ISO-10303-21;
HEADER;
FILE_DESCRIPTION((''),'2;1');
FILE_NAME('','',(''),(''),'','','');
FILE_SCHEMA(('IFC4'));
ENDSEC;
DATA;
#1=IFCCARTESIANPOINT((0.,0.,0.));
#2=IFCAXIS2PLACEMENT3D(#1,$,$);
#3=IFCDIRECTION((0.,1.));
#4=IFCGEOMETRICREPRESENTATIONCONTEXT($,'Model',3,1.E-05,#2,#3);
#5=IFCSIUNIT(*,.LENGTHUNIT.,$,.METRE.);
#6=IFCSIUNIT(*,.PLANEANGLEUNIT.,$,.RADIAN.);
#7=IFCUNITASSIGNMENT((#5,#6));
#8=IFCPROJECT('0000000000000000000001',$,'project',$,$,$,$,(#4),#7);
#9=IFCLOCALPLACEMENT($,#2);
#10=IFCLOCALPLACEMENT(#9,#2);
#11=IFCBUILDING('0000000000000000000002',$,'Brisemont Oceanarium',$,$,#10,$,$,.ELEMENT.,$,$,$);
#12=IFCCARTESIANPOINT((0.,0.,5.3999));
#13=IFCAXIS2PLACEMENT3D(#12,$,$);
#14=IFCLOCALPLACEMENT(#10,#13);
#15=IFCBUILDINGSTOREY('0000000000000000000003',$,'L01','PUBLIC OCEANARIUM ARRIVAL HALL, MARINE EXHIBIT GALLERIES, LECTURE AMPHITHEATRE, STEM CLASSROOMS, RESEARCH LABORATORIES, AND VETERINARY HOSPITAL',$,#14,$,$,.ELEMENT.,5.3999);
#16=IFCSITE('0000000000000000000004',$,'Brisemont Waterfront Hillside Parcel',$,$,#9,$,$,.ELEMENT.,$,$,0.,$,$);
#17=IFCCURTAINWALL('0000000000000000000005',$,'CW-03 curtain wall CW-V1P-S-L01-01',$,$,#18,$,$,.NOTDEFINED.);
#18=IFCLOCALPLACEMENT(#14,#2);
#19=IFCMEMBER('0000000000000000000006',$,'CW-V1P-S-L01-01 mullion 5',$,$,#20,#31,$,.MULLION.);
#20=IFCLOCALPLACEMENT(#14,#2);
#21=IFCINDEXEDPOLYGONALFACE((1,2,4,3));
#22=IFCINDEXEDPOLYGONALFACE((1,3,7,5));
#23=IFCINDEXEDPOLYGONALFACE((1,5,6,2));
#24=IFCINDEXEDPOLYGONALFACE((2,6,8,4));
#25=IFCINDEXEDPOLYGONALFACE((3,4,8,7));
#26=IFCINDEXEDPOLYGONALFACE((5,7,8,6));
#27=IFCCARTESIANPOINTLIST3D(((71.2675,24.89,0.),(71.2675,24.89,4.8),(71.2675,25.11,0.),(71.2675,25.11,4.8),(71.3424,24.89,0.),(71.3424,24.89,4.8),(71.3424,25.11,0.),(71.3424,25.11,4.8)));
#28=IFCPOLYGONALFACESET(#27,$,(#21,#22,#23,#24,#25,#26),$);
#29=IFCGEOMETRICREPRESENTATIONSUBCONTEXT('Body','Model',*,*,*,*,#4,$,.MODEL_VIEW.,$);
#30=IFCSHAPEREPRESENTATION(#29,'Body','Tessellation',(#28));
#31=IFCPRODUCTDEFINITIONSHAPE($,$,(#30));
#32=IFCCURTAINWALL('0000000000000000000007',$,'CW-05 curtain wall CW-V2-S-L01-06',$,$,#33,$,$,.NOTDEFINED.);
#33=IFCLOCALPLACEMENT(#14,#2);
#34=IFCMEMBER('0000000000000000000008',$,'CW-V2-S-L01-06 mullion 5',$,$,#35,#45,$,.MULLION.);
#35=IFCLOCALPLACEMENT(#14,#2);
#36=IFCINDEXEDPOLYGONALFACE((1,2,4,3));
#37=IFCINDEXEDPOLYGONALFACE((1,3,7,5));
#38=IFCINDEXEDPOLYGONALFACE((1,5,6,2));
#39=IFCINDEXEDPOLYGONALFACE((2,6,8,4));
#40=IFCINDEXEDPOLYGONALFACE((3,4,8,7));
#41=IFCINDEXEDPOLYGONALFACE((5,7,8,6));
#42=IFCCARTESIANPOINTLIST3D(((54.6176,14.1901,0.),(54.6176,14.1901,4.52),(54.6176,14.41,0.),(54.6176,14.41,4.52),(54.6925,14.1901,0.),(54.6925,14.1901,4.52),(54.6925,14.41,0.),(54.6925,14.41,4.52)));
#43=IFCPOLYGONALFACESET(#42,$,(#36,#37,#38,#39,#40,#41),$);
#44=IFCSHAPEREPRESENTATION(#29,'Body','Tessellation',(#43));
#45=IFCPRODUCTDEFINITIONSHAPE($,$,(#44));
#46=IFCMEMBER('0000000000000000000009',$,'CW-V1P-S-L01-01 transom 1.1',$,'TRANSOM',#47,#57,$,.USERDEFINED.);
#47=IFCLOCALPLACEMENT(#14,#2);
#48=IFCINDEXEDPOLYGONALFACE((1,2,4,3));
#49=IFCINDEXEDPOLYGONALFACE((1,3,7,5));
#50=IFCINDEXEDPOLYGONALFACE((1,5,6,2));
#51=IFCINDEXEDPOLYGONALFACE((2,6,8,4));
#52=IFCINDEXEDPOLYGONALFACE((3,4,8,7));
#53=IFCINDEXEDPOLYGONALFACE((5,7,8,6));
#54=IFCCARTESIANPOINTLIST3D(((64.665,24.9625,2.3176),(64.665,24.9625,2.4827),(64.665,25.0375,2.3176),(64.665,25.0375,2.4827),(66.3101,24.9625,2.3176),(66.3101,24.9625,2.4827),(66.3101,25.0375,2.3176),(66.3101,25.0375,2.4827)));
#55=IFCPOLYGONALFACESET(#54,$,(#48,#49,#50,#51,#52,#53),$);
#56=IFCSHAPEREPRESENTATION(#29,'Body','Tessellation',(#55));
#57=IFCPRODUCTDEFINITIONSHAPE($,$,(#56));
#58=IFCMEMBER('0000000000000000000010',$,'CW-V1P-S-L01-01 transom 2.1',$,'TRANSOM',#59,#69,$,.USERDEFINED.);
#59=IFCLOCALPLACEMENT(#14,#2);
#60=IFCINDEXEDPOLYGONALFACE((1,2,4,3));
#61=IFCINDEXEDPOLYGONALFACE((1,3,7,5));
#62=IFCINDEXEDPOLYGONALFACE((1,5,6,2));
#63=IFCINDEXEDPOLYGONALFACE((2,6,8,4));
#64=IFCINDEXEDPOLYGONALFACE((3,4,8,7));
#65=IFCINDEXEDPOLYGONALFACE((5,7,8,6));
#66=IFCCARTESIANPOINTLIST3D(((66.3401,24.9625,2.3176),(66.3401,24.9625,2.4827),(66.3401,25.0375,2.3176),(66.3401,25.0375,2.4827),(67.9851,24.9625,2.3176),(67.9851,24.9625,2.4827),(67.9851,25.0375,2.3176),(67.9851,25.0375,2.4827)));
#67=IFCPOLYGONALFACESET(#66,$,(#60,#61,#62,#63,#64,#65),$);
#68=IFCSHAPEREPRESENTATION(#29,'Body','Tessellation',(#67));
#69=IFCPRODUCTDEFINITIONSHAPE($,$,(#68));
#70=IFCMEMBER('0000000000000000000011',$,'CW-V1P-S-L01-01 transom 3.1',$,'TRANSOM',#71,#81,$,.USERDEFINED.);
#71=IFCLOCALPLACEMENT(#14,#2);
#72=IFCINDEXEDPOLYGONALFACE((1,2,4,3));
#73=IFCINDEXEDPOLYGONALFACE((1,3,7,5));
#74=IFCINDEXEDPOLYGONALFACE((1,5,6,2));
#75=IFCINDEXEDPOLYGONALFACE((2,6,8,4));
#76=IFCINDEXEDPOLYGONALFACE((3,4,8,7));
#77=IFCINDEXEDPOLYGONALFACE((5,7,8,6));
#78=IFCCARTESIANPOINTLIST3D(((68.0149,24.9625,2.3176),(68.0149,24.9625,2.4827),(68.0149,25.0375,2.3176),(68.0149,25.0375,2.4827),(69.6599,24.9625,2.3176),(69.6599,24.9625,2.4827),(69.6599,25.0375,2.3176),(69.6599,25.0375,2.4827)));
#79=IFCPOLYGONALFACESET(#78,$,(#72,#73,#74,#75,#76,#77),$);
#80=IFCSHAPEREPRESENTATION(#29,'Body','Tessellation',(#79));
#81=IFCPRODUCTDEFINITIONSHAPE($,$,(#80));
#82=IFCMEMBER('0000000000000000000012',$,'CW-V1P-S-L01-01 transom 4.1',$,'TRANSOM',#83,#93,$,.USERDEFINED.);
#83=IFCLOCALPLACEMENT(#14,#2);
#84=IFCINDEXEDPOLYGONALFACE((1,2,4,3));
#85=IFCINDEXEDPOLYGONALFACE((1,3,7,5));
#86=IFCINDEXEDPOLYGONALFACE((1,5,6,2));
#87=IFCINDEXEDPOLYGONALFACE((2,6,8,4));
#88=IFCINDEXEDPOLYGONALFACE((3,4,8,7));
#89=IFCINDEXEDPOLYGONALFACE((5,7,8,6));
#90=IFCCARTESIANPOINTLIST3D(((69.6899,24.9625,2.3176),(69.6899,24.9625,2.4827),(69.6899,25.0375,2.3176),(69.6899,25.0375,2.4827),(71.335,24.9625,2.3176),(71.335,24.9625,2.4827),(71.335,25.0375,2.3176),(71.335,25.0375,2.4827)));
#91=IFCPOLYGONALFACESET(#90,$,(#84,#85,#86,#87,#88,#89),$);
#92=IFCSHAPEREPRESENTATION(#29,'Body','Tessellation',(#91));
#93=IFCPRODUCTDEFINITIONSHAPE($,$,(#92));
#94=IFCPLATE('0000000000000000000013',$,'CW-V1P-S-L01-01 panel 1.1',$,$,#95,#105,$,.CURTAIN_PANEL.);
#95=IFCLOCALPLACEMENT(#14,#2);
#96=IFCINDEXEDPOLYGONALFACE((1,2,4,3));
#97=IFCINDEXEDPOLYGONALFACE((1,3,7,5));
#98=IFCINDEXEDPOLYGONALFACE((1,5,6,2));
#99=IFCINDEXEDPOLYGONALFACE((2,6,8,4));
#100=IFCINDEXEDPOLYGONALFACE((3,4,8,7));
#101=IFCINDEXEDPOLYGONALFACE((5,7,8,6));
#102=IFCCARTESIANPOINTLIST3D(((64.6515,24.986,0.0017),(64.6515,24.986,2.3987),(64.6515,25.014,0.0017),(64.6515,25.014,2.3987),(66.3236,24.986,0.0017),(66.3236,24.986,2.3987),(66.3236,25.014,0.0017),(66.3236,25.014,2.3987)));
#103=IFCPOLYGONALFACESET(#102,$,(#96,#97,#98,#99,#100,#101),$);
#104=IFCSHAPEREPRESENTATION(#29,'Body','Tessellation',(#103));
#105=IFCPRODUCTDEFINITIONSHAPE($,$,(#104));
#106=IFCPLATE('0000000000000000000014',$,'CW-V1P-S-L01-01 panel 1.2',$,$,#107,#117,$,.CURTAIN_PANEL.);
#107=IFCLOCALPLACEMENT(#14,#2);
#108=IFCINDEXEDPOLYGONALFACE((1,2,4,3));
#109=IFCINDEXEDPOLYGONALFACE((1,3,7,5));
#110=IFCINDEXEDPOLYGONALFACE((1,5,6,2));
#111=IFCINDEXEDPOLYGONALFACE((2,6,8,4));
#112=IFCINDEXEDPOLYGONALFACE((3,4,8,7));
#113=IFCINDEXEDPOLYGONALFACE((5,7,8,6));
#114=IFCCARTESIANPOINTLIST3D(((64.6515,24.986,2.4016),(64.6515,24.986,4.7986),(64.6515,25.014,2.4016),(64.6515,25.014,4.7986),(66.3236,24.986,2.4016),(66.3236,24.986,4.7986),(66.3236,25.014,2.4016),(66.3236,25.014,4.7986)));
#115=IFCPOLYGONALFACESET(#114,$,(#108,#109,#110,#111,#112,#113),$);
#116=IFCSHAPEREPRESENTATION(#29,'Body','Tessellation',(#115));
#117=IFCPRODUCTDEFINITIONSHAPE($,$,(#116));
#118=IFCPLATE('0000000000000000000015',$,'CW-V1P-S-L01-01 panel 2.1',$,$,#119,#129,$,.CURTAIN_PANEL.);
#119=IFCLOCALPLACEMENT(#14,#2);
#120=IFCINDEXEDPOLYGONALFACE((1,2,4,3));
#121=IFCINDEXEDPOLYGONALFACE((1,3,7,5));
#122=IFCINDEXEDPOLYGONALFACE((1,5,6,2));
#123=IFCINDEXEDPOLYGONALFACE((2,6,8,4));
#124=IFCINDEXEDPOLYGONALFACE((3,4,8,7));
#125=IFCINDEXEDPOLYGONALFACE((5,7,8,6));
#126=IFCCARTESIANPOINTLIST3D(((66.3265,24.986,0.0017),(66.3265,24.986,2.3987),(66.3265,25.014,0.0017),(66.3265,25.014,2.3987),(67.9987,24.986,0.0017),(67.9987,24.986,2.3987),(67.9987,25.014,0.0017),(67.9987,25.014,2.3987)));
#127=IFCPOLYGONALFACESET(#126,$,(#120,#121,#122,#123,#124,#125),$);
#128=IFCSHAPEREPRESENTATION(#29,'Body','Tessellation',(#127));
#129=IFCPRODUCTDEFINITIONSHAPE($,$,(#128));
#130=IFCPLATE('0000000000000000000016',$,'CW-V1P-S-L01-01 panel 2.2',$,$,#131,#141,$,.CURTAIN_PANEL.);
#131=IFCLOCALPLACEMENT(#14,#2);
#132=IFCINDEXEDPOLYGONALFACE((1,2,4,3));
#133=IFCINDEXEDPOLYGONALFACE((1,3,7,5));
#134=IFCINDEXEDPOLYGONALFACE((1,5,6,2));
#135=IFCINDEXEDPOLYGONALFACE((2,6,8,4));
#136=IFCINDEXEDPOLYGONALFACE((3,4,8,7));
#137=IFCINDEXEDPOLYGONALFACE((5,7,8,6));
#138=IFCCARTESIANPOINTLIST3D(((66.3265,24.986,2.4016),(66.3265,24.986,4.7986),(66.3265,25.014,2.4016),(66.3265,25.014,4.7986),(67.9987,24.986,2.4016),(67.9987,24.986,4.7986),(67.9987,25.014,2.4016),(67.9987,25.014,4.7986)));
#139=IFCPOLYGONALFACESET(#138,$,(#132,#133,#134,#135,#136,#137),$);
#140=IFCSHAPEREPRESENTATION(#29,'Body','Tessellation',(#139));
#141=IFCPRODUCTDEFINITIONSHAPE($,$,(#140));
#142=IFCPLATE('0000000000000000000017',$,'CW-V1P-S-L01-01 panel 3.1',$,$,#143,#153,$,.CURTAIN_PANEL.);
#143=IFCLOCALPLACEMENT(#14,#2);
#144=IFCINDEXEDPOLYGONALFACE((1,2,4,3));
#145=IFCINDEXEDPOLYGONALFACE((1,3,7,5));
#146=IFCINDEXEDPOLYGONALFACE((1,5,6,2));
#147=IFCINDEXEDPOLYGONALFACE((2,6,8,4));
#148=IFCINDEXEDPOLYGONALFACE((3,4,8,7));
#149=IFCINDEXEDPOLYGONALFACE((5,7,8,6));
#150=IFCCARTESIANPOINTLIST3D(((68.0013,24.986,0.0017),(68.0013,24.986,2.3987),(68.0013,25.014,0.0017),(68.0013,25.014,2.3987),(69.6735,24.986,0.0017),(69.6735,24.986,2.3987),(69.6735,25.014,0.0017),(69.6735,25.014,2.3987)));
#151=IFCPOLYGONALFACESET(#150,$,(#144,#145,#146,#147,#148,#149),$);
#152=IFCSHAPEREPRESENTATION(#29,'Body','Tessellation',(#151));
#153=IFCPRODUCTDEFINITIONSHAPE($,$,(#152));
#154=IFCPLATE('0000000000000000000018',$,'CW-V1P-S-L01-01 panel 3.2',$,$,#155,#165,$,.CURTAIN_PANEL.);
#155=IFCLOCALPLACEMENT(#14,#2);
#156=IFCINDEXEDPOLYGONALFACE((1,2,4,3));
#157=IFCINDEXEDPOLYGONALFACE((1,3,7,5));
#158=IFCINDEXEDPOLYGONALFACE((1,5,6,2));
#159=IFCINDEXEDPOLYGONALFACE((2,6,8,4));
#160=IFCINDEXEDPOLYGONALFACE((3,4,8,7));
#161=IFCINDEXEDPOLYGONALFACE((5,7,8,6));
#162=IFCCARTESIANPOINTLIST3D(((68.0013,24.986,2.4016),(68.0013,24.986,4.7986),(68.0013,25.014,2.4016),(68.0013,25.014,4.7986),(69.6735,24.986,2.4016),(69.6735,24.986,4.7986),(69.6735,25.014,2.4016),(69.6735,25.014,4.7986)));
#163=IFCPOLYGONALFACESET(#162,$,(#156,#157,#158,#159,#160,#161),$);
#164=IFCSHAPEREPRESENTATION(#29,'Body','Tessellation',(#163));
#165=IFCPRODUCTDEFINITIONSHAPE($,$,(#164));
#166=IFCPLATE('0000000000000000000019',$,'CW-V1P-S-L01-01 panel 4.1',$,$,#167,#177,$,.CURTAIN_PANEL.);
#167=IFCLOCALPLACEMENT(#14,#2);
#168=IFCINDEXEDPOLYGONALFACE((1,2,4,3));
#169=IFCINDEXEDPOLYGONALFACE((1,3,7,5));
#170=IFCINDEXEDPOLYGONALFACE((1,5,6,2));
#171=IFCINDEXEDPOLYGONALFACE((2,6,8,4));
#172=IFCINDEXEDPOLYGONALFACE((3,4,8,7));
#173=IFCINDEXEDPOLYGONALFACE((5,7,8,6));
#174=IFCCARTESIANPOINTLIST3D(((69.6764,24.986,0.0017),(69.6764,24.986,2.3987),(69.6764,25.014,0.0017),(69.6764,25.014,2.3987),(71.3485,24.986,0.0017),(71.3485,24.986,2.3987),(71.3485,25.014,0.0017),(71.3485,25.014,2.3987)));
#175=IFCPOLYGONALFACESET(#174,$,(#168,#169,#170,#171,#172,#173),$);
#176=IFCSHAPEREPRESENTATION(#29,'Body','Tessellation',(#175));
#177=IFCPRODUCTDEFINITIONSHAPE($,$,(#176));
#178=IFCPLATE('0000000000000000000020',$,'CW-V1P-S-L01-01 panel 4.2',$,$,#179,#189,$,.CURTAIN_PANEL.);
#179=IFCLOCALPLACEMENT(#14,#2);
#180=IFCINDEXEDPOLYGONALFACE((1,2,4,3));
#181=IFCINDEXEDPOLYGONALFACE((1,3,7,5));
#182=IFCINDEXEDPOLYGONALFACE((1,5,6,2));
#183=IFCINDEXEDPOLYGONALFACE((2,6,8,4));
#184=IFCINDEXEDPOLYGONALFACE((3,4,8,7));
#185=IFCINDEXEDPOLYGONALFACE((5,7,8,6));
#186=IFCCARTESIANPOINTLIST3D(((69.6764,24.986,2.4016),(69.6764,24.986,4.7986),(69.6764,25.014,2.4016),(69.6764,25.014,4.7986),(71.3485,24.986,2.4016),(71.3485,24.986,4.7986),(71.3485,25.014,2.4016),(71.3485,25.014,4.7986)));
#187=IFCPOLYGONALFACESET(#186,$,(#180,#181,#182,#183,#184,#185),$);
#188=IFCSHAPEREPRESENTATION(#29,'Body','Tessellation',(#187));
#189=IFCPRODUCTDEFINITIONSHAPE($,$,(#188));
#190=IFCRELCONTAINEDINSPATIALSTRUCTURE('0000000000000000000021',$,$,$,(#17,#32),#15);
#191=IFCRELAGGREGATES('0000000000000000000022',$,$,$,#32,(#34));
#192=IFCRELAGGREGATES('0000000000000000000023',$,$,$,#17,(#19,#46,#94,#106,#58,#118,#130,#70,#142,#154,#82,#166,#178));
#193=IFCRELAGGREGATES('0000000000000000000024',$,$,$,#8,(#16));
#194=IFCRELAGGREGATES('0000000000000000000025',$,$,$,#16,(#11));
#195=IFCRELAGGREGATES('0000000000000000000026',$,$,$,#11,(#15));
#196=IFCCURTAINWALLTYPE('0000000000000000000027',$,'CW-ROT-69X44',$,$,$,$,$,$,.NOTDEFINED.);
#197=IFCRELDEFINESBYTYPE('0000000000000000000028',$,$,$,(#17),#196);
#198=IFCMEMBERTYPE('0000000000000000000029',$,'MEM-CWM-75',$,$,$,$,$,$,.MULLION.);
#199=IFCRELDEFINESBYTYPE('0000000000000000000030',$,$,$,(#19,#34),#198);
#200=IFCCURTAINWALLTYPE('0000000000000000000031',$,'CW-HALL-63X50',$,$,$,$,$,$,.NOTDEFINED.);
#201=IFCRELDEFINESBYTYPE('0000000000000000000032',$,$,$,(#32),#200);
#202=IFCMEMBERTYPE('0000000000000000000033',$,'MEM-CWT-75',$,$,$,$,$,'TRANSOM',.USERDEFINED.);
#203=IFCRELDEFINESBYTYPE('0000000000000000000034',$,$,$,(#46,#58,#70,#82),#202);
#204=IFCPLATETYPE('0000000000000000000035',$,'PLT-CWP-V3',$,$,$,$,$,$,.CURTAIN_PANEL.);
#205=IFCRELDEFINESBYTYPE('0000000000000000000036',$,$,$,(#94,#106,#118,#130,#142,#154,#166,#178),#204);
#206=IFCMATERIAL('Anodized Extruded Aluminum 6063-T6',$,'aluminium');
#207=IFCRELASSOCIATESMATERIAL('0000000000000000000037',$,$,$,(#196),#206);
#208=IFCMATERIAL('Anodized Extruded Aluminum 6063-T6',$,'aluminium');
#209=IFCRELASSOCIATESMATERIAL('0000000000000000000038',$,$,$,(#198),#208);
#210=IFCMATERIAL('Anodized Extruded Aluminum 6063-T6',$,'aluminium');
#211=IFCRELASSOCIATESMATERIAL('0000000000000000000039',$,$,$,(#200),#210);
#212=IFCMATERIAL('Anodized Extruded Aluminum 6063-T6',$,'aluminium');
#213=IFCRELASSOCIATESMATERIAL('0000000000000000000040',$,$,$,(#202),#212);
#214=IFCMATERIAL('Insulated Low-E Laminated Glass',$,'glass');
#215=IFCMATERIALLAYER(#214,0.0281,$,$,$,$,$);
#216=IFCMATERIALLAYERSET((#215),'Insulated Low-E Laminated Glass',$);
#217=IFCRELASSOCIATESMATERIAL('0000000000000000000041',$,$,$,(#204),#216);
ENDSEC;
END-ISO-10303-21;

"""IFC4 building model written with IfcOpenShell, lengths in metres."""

from ifc_helpers import new_model, si_unit, direction, frame, origin, origin_2d, place, context, subcontext, project, spatial, rectangle, extrude, material, layer, layer_set, material_profile, profile_set, type_object, element, aggregate, save


model = new_model("IFC4")

# Units and contexts
model_context = context("Model", 3, precision=1e-05, world=origin(), true_north=direction((0.0, 1.0)))
body_context = subcontext(model_context, "Body", "Model", "MODEL_VIEW")
ifc_project = project(units=[si_unit("LENGTHUNIT", "METRE"), si_unit("PLANEANGLEUNIT", "RADIAN")], contexts=[model_context])

# Site, building, storey
site_placement = place(None, origin())
site = spatial("IfcSite", under=ifc_project, at=site_placement, Name="Brisemont Waterfront Hillside Parcel", CompositionType="ELEMENT", RefElevation=0.0)
building_placement = place(site_placement, origin())
building = spatial("IfcBuilding", under=site, at=building_placement, Name="Brisemont Oceanarium", CompositionType="ELEMENT")
storey_placement = place(building_placement, frame((0.0, 0.0, 5.3999)))
storey = spatial("IfcBuildingStorey", under=building, at=storey_placement, Name="L01", Description="PUBLIC OCEANARIUM ARRIVAL HALL, MARINE EXHIBIT GALLERIES, LECTURE AMPHITHEATRE, STEM CLASSROOMS, RESEARCH LABORATORIES, AND VETERINARY HOSPITAL", CompositionType="ELEMENT", Elevation=5.3999)

# Curtain wall, member
ifc_material_1 = material(Name="Anodized Extruded Aluminum 6063-T6", Category="aluminium")
curtain_wall_type_1 = type_object("IfcCurtainWallType", Name="CW-ROT-69X44", PredefinedType="NOTDEFINED", material=ifc_material_1)
curtain_wall_1_placement = place(storey_placement, origin())
curtain_wall_1 = element("IfcCurtainWall", 1, at=curtain_wall_1_placement, inside=storey, type_object=curtain_wall_type_1, Name="CW-03 curtain wall CW-V1P-S-L01-01", PredefinedType="NOTDEFINED")
ifc_material_2 = material(Name="Anodized Extruded Aluminum 6063-T6", Category="aluminium")
ifc_material_profile_1 = material_profile(ifc_material_2, rectangle(XDim=0.075, YDim=0.22, at=origin_2d()), Name="CWM-75X220")
ifc_profile_set_1 = profile_set([ifc_material_profile_1], Name="Anodized Extruded Aluminum 6063-T6")
member_type_1 = type_object("IfcMemberType", Name="MEM-CWM-75", PredefinedType="MULLION", material=ifc_profile_set_1)
member_1_placement = place(storey_placement, frame((71.3049, 25.0, 0.0), z_axis=(0.0, 0.0, 1.0), x_axis=(1.0, 0.0, 0.0)))
member_1 = element("IfcMember", 2, at=member_1_placement, type_object=member_type_1, Name="CW-V1P-S-L01-01 mullion 5", PredefinedType="MULLION", context=body_context, shape_type="SweptSolid", body=[
    extrude(rectangle(XDim=0.075, YDim=0.22, at=origin_2d()), origin(), (0.0, 0.0, 1.0), 4.8),
])

# Curtain wall, member
ifc_material_3 = material(Name="Anodized Extruded Aluminum 6063-T6", Category="aluminium")
curtain_wall_type_2 = type_object("IfcCurtainWallType", Name="CW-HALL-63X50", PredefinedType="NOTDEFINED", material=ifc_material_3)
curtain_wall_2_placement = place(storey_placement, origin())
curtain_wall_2 = element("IfcCurtainWall", 3, at=curtain_wall_2_placement, inside=storey, type_object=curtain_wall_type_2, Name="CW-05 curtain wall CW-V2-S-L01-06", PredefinedType="NOTDEFINED")
member_2_placement = place(storey_placement, frame((54.655, 14.3, 0.0), z_axis=(0.0, 0.0, 1.0), x_axis=(1.0, 0.0, 0.0)))
member_2 = element("IfcMember", 4, at=member_2_placement, type_object=member_type_1, Name="CW-V2-S-L01-06 mullion 5", PredefinedType="MULLION", context=body_context, shape_type="SweptSolid", body=[
    extrude(rectangle(XDim=0.075, YDim=0.22, at=origin_2d()), origin(), (0.0, 0.0, 1.0), 4.52),
])
aggregate(curtain_wall_2, [member_2])

# Members
ifc_material_4 = material(Name="Anodized Extruded Aluminum 6063-T6", Category="aluminium")
ifc_material_profile_2 = material_profile(ifc_material_4, rectangle(XDim=0.075, YDim=0.165, at=origin_2d()), Name="CWT-75X165")
ifc_profile_set_2 = profile_set([ifc_material_profile_2], Name="Anodized Extruded Aluminum 6063-T6")
member_type_2 = type_object("IfcMemberType", Name="MEM-CWT-75", ElementType="TRANSOM", PredefinedType="USERDEFINED", material=ifc_profile_set_2)
member_3_placement = place(storey_placement, frame((64.665, 25.0, 2.4001), z_axis=(1.0, 0.0, 0.0), x_axis=(0.0, 1.0, 0.0)))
member_3 = element("IfcMember", 5, at=member_3_placement, type_object=member_type_2, Name="CW-V1P-S-L01-01 transom 1.1", ObjectType="TRANSOM", PredefinedType="USERDEFINED", context=body_context, shape_type="SweptSolid", body=[
    extrude(rectangle(XDim=0.075, YDim=0.165, at=origin_2d()), origin(), (0.0, 0.0, 1.0), 1.645),
])
member_4_placement = place(storey_placement, frame((66.3401, 25.0, 2.4001), z_axis=(1.0, 0.0, 0.0), x_axis=(0.0, 1.0, 0.0)))
member_4 = element("IfcMember", 6, at=member_4_placement, type_object=member_type_2, Name="CW-V1P-S-L01-01 transom 2.1", ObjectType="TRANSOM", PredefinedType="USERDEFINED", context=body_context, shape_type="SweptSolid", body=[
    extrude(rectangle(XDim=0.075, YDim=0.165, at=origin_2d()), origin(), (0.0, 0.0, 1.0), 1.645),
])
member_5_placement = place(storey_placement, frame((68.0149, 25.0, 2.4001), z_axis=(1.0, 0.0, 0.0), x_axis=(0.0, 1.0, 0.0)))
member_5 = element("IfcMember", 7, at=member_5_placement, type_object=member_type_2, Name="CW-V1P-S-L01-01 transom 3.1", ObjectType="TRANSOM", PredefinedType="USERDEFINED", context=body_context, shape_type="SweptSolid", body=[
    extrude(rectangle(XDim=0.075, YDim=0.165, at=origin_2d()), origin(), (0.0, 0.0, 1.0), 1.645),
])
member_6_placement = place(storey_placement, frame((69.6899, 25.0, 2.4001), z_axis=(1.0, 0.0, 0.0), x_axis=(0.0, 1.0, 0.0)))
member_6 = element("IfcMember", 8, at=member_6_placement, type_object=member_type_2, Name="CW-V1P-S-L01-01 transom 4.1", ObjectType="TRANSOM", PredefinedType="USERDEFINED", context=body_context, shape_type="SweptSolid", body=[
    extrude(rectangle(XDim=0.075, YDim=0.165, at=origin_2d()), origin(), (0.0, 0.0, 1.0), 1.645),
])

# Plates
ifc_material_5 = material(Name="Insulated Low-E Laminated Glass", Category="glass")
ifc_layer_1 = layer(ifc_material_5, 0.0281)
ifc_layer_set_1 = layer_set([ifc_layer_1], Name="Insulated Low-E Laminated Glass")
plate_type = type_object("IfcPlateType", Name="PLT-CWP-V3", PredefinedType="CURTAIN_PANEL", material=ifc_layer_set_1)
plate_1_placement = place(storey_placement, frame((65.4875, 25.0, 0.0017), z_axis=(0.0, 0.0, 1.0), x_axis=(1.0, 0.0, 0.0)))
plate_1 = element("IfcPlate", 9, at=plate_1_placement, type_object=plate_type, Name="CW-V1P-S-L01-01 panel 1.1", PredefinedType="CURTAIN_PANEL", context=body_context, shape_type="SweptSolid", body=[
    extrude(rectangle(XDim=1.6721, YDim=0.0281, at=origin_2d()), origin(), (0.0, 0.0, 1.0), 2.397),
])
plate_2_placement = place(storey_placement, frame((65.4875, 25.0, 2.4016), z_axis=(0.0, 0.0, 1.0), x_axis=(1.0, 0.0, 0.0)))
plate_2 = element("IfcPlate", 10, at=plate_2_placement, type_object=plate_type, Name="CW-V1P-S-L01-01 panel 1.2", PredefinedType="CURTAIN_PANEL", context=body_context, shape_type="SweptSolid", body=[
    extrude(rectangle(XDim=1.6721, YDim=0.0281, at=origin_2d()), origin(), (0.0, 0.0, 1.0), 2.397),
])
plate_3_placement = place(storey_placement, frame((67.1626, 25.0, 0.0017), z_axis=(0.0, 0.0, 1.0), x_axis=(1.0, 0.0, 0.0)))
plate_3 = element("IfcPlate", 11, at=plate_3_placement, type_object=plate_type, Name="CW-V1P-S-L01-01 panel 2.1", PredefinedType="CURTAIN_PANEL", context=body_context, shape_type="SweptSolid", body=[
    extrude(rectangle(XDim=1.6721, YDim=0.0281, at=origin_2d()), origin(), (0.0, 0.0, 1.0), 2.397),
])
plate_4_placement = place(storey_placement, frame((67.1626, 25.0, 2.4016), z_axis=(0.0, 0.0, 1.0), x_axis=(1.0, 0.0, 0.0)))
plate_4 = element("IfcPlate", 12, at=plate_4_placement, type_object=plate_type, Name="CW-V1P-S-L01-01 panel 2.2", PredefinedType="CURTAIN_PANEL", context=body_context, shape_type="SweptSolid", body=[
    extrude(rectangle(XDim=1.6721, YDim=0.0281, at=origin_2d()), origin(), (0.0, 0.0, 1.0), 2.397),
])
plate_5_placement = place(storey_placement, frame((68.8374, 25.0, 0.0017), z_axis=(0.0, 0.0, 1.0), x_axis=(1.0, 0.0, 0.0)))
plate_5 = element("IfcPlate", 13, at=plate_5_placement, type_object=plate_type, Name="CW-V1P-S-L01-01 panel 3.1", PredefinedType="CURTAIN_PANEL", context=body_context, shape_type="SweptSolid", body=[
    extrude(rectangle(XDim=1.6721, YDim=0.0281, at=origin_2d()), origin(), (0.0, 0.0, 1.0), 2.397),
])
plate_6_placement = place(storey_placement, frame((68.8374, 25.0, 2.4016), z_axis=(0.0, 0.0, 1.0), x_axis=(1.0, 0.0, 0.0)))
plate_6 = element("IfcPlate", 14, at=plate_6_placement, type_object=plate_type, Name="CW-V1P-S-L01-01 panel 3.2", PredefinedType="CURTAIN_PANEL", context=body_context, shape_type="SweptSolid", body=[
    extrude(rectangle(XDim=1.6721, YDim=0.0281, at=origin_2d()), origin(), (0.0, 0.0, 1.0), 2.397),
])
plate_7_placement = place(storey_placement, frame((70.5125, 25.0, 0.0017), z_axis=(0.0, 0.0, 1.0), x_axis=(1.0, 0.0, 0.0)))
plate_7 = element("IfcPlate", 15, at=plate_7_placement, type_object=plate_type, Name="CW-V1P-S-L01-01 panel 4.1", PredefinedType="CURTAIN_PANEL", context=body_context, shape_type="SweptSolid", body=[
    extrude(rectangle(XDim=1.6721, YDim=0.0281, at=origin_2d()), origin(), (0.0, 0.0, 1.0), 2.397),
])
plate_8_placement = place(storey_placement, frame((70.5125, 25.0, 2.4016), z_axis=(0.0, 0.0, 1.0), x_axis=(1.0, 0.0, 0.0)))
plate_8 = element("IfcPlate", 16, at=plate_8_placement, type_object=plate_type, Name="CW-V1P-S-L01-01 panel 4.2", PredefinedType="CURTAIN_PANEL", context=body_context, shape_type="SweptSolid", body=[
    extrude(rectangle(XDim=1.6721, YDim=0.0281, at=origin_2d()), origin(), (0.0, 0.0, 1.0), 2.397),
])
aggregate(curtain_wall_1, [member_1, member_3, plate_1, plate_2, member_4, plate_3, plate_4, member_5, plate_5, plate_6, member_6, plate_7, plate_8])

save(model, "model.ifc")
